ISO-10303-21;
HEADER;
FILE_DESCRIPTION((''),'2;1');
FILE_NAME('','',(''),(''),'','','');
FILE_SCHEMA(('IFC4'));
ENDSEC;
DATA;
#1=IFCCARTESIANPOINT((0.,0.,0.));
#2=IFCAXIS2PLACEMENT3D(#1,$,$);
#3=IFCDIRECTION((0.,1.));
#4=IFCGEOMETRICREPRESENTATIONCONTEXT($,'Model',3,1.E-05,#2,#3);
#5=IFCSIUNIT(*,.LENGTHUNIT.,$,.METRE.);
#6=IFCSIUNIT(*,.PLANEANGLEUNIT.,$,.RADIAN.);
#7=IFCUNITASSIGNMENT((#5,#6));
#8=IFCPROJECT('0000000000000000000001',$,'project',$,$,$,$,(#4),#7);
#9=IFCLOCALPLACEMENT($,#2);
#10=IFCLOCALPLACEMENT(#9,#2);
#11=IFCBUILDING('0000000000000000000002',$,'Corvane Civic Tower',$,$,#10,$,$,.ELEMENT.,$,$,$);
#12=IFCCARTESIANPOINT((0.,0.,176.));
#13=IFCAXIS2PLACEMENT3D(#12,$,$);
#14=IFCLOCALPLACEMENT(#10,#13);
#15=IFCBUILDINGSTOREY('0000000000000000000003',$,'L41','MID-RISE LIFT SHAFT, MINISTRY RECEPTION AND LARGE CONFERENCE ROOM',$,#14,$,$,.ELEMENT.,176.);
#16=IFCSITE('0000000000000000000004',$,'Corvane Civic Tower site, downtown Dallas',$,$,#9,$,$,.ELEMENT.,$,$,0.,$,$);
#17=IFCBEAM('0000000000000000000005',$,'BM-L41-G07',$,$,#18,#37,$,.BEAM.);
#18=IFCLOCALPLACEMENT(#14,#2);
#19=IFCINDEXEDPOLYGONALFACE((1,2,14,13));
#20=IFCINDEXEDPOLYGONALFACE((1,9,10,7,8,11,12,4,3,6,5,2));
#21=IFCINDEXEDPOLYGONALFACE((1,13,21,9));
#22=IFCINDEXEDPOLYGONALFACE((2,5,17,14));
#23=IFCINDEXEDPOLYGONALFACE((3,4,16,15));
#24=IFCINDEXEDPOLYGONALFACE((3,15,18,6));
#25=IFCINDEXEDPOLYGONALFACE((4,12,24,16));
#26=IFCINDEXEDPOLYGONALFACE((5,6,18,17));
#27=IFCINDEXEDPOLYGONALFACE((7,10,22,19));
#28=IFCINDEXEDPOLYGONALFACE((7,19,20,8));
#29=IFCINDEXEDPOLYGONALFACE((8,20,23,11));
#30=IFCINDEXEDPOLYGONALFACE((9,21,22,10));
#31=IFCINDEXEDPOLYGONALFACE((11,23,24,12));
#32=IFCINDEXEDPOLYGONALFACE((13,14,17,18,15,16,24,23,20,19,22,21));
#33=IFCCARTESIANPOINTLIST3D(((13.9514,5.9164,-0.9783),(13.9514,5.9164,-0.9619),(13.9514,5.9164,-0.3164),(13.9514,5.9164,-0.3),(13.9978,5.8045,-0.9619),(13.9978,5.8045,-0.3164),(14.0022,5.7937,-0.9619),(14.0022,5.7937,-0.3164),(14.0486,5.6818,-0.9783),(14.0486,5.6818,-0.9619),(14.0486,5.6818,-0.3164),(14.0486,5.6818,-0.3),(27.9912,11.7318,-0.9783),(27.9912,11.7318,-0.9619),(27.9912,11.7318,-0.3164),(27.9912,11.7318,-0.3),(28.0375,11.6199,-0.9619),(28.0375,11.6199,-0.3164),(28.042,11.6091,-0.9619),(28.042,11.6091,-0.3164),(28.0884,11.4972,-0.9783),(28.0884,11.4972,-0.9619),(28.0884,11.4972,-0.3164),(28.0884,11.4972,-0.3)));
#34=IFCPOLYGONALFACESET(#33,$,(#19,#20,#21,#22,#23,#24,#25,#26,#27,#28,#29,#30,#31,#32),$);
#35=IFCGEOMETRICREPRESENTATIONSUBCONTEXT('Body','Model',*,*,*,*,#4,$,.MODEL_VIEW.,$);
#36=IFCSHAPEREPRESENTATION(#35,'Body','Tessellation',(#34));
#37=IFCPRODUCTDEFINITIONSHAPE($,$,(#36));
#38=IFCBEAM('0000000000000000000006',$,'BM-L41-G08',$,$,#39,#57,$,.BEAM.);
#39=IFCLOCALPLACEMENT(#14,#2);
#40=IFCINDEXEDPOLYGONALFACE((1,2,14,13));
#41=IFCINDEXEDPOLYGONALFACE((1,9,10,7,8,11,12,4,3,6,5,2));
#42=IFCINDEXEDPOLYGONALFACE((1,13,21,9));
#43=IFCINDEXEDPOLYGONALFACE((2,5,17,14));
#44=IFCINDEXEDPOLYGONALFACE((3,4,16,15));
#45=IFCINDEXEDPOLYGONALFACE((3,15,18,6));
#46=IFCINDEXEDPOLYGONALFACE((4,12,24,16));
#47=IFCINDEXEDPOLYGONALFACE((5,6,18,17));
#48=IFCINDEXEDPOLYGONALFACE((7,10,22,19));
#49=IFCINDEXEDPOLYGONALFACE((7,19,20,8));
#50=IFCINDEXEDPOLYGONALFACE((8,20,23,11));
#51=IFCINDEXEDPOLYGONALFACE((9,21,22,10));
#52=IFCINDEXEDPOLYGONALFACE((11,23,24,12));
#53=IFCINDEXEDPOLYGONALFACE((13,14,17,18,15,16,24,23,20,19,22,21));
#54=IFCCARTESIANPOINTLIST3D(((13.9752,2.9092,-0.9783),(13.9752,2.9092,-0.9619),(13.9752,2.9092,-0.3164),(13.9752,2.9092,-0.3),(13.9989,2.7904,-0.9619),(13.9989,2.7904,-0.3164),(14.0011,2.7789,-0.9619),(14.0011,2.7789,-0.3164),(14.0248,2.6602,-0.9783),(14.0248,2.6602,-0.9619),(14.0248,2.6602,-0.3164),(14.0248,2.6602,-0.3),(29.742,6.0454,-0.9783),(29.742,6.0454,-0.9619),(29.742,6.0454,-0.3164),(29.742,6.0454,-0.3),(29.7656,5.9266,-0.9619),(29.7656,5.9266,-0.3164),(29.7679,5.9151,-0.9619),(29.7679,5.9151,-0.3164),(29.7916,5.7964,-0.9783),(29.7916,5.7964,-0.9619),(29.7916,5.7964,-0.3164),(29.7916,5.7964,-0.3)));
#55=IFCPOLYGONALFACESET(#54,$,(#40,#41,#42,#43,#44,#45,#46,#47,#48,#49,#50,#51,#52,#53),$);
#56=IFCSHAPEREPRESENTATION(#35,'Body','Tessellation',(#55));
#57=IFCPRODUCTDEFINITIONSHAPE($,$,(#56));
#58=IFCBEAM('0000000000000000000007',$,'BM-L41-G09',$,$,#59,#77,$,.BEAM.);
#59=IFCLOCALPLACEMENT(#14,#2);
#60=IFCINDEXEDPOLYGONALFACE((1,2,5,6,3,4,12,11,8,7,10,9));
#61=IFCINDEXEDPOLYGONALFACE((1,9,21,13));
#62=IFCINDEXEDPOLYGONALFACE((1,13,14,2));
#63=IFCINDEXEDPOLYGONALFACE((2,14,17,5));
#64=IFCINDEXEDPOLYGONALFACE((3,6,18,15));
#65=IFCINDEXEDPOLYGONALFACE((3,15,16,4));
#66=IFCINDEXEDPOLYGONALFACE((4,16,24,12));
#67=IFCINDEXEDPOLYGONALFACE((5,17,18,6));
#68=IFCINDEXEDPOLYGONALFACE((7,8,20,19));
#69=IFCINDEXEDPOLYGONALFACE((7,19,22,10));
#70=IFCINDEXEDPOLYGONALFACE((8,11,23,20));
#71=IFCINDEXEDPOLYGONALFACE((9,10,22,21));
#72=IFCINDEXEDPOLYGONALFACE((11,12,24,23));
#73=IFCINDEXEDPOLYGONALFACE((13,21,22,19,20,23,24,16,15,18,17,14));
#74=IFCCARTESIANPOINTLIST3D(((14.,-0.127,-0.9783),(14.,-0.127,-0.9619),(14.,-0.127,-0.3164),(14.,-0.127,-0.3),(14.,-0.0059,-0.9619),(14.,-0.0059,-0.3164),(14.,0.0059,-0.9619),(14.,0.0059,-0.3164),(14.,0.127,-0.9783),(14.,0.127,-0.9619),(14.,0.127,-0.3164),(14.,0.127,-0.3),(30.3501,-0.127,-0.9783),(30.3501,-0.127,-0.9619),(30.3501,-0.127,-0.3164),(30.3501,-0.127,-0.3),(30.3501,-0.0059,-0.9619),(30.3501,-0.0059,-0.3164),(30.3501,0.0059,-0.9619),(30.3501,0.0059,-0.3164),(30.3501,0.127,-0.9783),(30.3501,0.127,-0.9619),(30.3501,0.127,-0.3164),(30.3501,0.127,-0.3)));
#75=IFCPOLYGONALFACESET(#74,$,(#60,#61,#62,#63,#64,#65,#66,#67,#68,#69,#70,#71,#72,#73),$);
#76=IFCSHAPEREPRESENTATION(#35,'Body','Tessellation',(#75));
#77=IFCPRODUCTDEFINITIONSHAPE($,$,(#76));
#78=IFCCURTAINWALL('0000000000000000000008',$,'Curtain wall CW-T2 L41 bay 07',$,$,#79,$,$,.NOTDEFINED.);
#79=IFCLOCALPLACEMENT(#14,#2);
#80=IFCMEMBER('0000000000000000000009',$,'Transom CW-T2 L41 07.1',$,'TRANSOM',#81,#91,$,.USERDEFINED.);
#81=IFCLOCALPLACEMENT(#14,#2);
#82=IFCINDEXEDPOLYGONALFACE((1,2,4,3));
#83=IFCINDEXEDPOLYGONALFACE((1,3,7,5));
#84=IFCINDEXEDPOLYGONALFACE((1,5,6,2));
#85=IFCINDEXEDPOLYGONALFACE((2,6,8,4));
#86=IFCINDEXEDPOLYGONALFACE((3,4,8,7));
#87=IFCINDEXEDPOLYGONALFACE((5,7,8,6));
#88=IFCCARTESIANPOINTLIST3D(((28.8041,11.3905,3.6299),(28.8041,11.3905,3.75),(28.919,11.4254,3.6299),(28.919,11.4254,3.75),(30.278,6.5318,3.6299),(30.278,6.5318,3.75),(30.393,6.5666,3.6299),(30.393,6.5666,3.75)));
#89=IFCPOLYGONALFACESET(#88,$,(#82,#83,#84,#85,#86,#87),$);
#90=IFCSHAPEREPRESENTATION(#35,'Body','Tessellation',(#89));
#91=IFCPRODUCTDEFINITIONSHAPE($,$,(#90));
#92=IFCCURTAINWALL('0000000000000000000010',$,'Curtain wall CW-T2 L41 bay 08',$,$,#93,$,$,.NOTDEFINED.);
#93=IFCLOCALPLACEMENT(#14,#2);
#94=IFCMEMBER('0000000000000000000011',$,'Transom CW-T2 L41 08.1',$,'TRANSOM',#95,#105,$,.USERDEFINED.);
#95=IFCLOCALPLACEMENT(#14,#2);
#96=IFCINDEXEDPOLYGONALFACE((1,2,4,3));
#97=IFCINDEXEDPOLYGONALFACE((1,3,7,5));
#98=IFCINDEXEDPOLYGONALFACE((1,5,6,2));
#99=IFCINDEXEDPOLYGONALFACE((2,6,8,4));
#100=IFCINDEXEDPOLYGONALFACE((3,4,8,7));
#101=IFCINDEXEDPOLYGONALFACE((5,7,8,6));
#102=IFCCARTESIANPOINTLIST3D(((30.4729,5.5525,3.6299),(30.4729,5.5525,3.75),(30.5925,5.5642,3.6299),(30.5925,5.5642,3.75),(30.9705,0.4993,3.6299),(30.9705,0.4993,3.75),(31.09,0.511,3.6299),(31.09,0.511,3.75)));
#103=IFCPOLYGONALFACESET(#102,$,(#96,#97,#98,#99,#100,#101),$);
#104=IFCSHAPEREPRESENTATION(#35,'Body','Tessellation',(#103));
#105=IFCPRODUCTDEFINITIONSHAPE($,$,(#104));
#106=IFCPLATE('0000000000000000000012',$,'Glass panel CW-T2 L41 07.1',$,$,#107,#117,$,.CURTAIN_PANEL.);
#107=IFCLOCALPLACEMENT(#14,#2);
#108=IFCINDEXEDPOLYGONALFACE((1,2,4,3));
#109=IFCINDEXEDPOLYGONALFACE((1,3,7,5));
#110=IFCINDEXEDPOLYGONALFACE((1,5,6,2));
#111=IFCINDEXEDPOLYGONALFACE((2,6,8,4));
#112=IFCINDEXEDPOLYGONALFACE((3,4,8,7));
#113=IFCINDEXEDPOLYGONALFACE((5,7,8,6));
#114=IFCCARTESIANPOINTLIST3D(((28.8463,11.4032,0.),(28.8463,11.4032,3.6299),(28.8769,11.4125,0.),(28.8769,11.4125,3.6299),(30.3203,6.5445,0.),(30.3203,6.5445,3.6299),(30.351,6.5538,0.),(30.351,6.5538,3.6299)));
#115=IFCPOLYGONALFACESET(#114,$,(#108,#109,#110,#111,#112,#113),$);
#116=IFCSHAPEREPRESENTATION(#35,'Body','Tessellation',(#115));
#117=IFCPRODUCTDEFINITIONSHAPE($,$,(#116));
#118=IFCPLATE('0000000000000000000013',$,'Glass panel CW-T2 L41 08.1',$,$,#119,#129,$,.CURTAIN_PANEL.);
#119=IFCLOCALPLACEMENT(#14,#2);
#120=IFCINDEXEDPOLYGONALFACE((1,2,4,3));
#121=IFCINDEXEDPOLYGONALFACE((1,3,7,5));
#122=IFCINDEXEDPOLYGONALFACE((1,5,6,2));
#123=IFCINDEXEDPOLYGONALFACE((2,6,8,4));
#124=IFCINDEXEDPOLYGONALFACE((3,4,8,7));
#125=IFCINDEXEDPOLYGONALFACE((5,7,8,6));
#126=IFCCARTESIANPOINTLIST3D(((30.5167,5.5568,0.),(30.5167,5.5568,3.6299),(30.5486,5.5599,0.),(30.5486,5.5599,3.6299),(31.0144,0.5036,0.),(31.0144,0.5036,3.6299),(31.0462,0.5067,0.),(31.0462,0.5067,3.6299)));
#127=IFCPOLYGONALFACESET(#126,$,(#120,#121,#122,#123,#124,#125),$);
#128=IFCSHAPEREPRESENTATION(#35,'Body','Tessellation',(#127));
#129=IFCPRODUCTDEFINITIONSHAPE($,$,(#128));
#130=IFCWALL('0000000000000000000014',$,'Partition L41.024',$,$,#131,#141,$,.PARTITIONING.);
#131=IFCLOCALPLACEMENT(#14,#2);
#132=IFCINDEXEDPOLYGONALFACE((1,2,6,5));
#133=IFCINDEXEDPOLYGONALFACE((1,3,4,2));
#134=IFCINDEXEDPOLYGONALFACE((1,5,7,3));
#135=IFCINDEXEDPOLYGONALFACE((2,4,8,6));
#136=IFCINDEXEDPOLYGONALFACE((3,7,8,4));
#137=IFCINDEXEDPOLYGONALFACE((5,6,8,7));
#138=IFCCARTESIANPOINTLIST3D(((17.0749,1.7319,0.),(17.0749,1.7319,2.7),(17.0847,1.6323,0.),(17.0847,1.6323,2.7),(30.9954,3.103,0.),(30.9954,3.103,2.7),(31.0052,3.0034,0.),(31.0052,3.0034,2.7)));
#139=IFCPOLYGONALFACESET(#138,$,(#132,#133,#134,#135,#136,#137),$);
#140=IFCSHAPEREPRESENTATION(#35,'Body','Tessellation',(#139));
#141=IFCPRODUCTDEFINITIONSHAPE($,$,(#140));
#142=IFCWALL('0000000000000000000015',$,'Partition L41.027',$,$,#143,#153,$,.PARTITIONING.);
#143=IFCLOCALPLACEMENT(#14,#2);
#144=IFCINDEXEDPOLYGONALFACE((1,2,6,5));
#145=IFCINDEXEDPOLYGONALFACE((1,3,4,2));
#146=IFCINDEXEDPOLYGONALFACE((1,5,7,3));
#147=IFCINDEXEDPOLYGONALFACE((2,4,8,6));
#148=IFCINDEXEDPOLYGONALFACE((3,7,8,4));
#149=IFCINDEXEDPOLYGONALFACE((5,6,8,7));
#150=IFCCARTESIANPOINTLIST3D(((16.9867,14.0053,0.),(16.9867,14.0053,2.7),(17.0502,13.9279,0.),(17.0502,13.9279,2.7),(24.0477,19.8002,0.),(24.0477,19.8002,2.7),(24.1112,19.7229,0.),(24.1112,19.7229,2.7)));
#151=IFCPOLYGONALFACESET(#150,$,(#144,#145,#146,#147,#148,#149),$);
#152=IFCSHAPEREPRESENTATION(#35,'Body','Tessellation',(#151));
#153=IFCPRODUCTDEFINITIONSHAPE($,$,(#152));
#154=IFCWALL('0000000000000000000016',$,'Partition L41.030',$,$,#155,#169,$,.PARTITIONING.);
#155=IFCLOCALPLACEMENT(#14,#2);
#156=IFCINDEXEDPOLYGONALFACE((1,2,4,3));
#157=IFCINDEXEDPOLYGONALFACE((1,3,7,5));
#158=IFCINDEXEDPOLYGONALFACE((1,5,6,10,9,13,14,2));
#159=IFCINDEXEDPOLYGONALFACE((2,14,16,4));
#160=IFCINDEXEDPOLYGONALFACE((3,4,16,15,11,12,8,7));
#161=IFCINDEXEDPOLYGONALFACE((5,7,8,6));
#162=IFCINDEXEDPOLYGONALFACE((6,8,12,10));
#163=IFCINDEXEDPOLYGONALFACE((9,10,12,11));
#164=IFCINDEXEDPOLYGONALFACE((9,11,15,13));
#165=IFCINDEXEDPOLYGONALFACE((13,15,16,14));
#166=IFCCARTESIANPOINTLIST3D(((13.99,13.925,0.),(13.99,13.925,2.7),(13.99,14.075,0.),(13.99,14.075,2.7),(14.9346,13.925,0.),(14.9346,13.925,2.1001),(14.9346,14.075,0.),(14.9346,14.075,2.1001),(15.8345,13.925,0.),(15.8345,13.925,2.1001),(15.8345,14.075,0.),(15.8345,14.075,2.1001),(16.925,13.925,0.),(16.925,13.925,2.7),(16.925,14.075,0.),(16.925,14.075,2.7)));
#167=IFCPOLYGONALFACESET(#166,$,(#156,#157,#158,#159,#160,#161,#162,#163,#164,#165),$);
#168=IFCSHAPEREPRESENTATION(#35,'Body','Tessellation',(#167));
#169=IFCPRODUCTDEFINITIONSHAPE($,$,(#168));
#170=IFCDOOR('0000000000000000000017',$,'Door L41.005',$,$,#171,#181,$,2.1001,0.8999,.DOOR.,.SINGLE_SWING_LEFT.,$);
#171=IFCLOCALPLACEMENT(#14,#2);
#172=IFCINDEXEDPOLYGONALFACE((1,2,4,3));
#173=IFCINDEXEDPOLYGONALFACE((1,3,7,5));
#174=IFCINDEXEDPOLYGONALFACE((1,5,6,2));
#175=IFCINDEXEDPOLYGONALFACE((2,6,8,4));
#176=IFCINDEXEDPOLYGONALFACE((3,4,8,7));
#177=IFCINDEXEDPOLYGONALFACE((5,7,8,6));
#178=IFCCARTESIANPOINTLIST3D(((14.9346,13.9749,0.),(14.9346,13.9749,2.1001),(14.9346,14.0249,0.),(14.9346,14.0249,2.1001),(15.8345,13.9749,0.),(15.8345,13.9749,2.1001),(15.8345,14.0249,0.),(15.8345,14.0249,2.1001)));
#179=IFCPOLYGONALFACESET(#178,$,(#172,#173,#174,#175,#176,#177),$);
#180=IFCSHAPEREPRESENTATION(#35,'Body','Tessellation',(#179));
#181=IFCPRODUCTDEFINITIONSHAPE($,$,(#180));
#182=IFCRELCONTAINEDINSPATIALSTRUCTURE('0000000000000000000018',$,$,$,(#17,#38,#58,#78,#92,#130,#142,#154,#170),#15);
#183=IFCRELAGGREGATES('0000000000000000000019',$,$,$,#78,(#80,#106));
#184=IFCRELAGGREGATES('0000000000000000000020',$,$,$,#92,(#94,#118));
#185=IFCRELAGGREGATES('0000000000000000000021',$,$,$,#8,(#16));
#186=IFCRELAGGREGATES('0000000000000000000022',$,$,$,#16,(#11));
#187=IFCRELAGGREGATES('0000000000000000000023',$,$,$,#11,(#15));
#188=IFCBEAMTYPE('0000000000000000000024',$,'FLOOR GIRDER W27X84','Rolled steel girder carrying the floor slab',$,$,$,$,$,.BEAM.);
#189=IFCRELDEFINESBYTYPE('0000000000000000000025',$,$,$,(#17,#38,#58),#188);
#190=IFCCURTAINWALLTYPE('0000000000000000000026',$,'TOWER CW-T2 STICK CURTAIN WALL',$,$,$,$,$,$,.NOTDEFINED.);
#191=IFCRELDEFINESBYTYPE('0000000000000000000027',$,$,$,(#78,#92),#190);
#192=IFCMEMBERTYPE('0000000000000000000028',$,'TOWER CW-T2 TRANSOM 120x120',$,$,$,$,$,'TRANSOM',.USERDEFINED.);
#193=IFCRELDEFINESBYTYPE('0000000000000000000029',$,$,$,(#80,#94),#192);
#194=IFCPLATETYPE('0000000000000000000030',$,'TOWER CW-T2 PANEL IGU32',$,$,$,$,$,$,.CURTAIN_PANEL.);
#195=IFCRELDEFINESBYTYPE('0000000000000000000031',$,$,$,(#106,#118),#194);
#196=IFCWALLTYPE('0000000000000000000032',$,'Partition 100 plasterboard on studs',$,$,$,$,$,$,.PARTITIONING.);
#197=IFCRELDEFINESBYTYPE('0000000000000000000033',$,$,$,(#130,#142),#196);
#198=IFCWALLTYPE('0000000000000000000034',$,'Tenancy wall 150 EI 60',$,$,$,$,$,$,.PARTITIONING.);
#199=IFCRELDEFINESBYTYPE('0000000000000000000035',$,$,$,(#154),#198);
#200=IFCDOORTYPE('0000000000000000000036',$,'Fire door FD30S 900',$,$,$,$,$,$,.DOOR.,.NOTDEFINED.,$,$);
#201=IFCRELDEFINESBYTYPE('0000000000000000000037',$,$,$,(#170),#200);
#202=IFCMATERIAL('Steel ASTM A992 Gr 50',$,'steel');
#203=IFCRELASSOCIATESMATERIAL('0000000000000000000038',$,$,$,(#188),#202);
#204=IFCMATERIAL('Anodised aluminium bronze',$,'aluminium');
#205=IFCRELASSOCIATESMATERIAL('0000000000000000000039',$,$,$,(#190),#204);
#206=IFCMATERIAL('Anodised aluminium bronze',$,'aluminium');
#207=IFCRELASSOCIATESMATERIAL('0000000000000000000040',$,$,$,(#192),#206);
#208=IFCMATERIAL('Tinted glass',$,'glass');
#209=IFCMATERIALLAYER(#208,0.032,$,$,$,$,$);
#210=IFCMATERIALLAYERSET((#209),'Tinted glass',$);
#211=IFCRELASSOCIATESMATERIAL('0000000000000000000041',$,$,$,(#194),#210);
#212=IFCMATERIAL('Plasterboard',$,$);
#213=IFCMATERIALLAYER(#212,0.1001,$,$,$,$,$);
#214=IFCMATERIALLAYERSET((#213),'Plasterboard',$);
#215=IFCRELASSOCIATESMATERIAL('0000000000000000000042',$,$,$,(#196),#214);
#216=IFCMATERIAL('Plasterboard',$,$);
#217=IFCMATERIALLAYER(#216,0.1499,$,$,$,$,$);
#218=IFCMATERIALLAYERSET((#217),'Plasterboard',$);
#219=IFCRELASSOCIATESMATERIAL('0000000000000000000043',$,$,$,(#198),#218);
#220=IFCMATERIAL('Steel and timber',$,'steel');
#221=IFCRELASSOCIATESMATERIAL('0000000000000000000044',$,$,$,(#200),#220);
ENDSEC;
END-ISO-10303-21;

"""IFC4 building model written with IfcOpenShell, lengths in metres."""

from ifc_helpers import new_model, si_unit, direction, frame, frame_2d, origin, origin_2d, place, context, subcontext, project, spatial, rectangle, i_section, extrude, material, layer, layer_set, material_profile, profile_set, type_object, element, fill, aggregate, save


model = new_model("IFC4")

# Units and contexts
model_context = context("Model", 3, precision=1e-05, world=origin(), true_north=direction((0.0, 1.0)))
body_context = subcontext(model_context, "Body", "Model", "MODEL_VIEW")
ifc_project = project(units=[si_unit("LENGTHUNIT", "METRE"), si_unit("PLANEANGLEUNIT", "RADIAN")], contexts=[model_context])

# Site, building, storey
site_placement = place(None, origin())
site = spatial("IfcSite", under=ifc_project, at=site_placement, Name="Corvane Civic Tower site, downtown Dallas", CompositionType="ELEMENT", RefElevation=0.0)
building_placement = place(site_placement, origin())
building = spatial("IfcBuilding", under=site, at=building_placement, Name="Corvane Civic Tower", CompositionType="ELEMENT")
storey_placement = place(building_placement, frame((0.0, 0.0, 176.0)))
storey = spatial("IfcBuildingStorey", under=building, at=storey_placement, Name="L41", Description="MID-RISE LIFT SHAFT, MINISTRY RECEPTION AND LARGE CONFERENCE ROOM", CompositionType="ELEMENT", Elevation=176.0)

# Beams
ifc_material_1 = material(Name="Steel ASTM A992 Gr 50", Category="steel")
ifc_material_profile_1 = material_profile(ifc_material_1, i_section(OverallWidth=0.2539, OverallDepth=0.6782, WebThickness=0.0117, FlangeThickness=0.0164, at=origin_2d()), Name="W27X84")
ifc_profile_set_1 = profile_set([ifc_material_profile_1], Name="Steel ASTM A992 Gr 50")
beam_type_1 = type_object("IfcBeamType", Name="FLOOR GIRDER W27X84", Description="Rolled steel girder carrying the floor slab", PredefinedType="BEAM", material=ifc_profile_set_1)
beam_1_placement = place(storey_placement, frame((14.0, 5.7991, -0.6392), z_axis=(0.923881, 0.382681, 0.0), x_axis=(-0.382681, 0.923881, 0.0)))
element("IfcBeam", 1, at=beam_1_placement, inside=storey, type_object=beam_type_1, Name="BM-L41-G07", PredefinedType="BEAM", context=body_context, shape_type="SweptSolid", body=[
    extrude(i_section(OverallWidth=0.2539, OverallDepth=0.6782, WebThickness=0.0117, FlangeThickness=0.0164, at=origin_2d()), origin(), (0.0, 0.0, 1.0), 15.1965),
])
beam_2_placement = place(storey_placement, frame((14.0, 2.7847, -0.6392), z_axis=(0.980785, 0.195091, 0.0), x_axis=(-0.195091, 0.980785, 0.0)))
element("IfcBeam", 2, at=beam_2_placement, inside=storey, type_object=beam_type_1, Name="BM-L41-G08", PredefinedType="BEAM", context=body_context, shape_type="SweptSolid", body=[
    extrude(i_section(OverallWidth=0.2539, OverallDepth=0.6782, WebThickness=0.0117, FlangeThickness=0.0164, at=origin_2d()), origin(), (0.0, 0.0, 1.0), 16.0757),
])
beam_3_placement = place(storey_placement, frame((14.0, 0.0, -0.6392), z_axis=(1.0, 0.0, 0.0), x_axis=(0.0, 1.0, 0.0)))
element("IfcBeam", 3, at=beam_3_placement, inside=storey, type_object=beam_type_1, Name="BM-L41-G09", PredefinedType="BEAM", context=body_context, shape_type="SweptSolid", body=[
    extrude(i_section(OverallWidth=0.2539, OverallDepth=0.6782, WebThickness=0.0117, FlangeThickness=0.0164, at=origin_2d()), origin(), (0.0, 0.0, 1.0), 16.3501),
])

# Curtain walls, members
ifc_material_2 = material(Name="Anodised aluminium bronze", Category="aluminium")
curtain_wall_type = type_object("IfcCurtainWallType", Name="TOWER CW-T2 STICK CURTAIN WALL", PredefinedType="NOTDEFINED", material=ifc_material_2)
curtain_wall_1_placement = place(storey_placement, origin())
curtain_wall_1 = element("IfcCurtainWall", 4, at=curtain_wall_1_placement, inside=storey, type_object=curtain_wall_type, Name="Curtain wall CW-T2 L41 bay 07", PredefinedType="NOTDEFINED")
ifc_material_3 = material(Name="Anodised aluminium bronze", Category="aluminium")
ifc_material_profile_2 = material_profile(ifc_material_3, rectangle(XDim=0.1201, YDim=0.1201, at=origin_2d()), Name="TOWER CW-T2 TRANSOM 120x120")
ifc_profile_set_2 = profile_set([ifc_material_profile_2], Name="Anodised aluminium bronze")
member_type = type_object("IfcMemberType", Name="TOWER CW-T2 TRANSOM 120x120", ElementType="TRANSOM", PredefinedType="USERDEFINED", material=ifc_profile_set_2)
member_1_placement = place(storey_placement, frame((28.8616, 11.408, 3.6899), z_axis=(0.290289, -0.956939, 0.0), x_axis=(0.956939, 0.290289, 0.0)))
member_1 = element("IfcMember", 5, at=member_1_placement, type_object=member_type, Name="Transom CW-T2 L41 07.1", ObjectType="TRANSOM", PredefinedType="USERDEFINED", context=body_context, shape_type="SweptSolid", body=[
    extrude(rectangle(XDim=0.1201, YDim=0.1201, at=origin_2d()), origin(), (0.0, 0.0, 1.0), 5.0774),
])
curtain_wall_2_placement = place(storey_placement, origin())
curtain_wall_2 = element("IfcCurtainWall", 6, at=curtain_wall_2_placement, inside=storey, type_object=curtain_wall_type, Name="Curtain wall CW-T2 L41 bay 08", PredefinedType="NOTDEFINED")
member_2_placement = place(storey_placement, frame((30.5327, 5.5583, 3.6899), z_axis=(0.09799, -0.995187, 0.0), x_axis=(0.995187, 0.09799, 0.0)))
member_2 = element("IfcMember", 7, at=member_2_placement, type_object=member_type, Name="Transom CW-T2 L41 08.1", ObjectType="TRANSOM", PredefinedType="USERDEFINED", context=body_context, shape_type="SweptSolid", body=[
    extrude(rectangle(XDim=0.1201, YDim=0.1201, at=origin_2d()), origin(), (0.0, 0.0, 1.0), 5.0776),
])

# Plates
ifc_material_4 = material(Name="Tinted glass", Category="glass")
ifc_layer_1 = layer(ifc_material_4, 0.032)
ifc_layer_set_1 = layer_set([ifc_layer_1], Name="Tinted glass")
plate_type = type_object("IfcPlateType", Name="TOWER CW-T2 PANEL IGU32", PredefinedType="CURTAIN_PANEL", material=ifc_layer_set_1)
plate_1_placement = place(storey_placement, frame((29.5986, 8.9785, 0.0), z_axis=(0.0, 0.0, 1.0), x_axis=(0.290313, -0.956932, 0.0)))
plate_1 = element("IfcPlate", 8, at=plate_1_placement, type_object=plate_type, Name="Glass panel CW-T2 L41 07.1", PredefinedType="CURTAIN_PANEL", context=body_context, shape_type="SweptSolid", body=[
    extrude(rectangle(XDim=5.0774, YDim=0.032, at=origin_2d()), origin(), (0.0, 0.0, 1.0), 3.6299),
])
aggregate(curtain_wall_1, [member_1, plate_1])
plate_2_placement = place(storey_placement, frame((30.7815, 3.0317, 0.0), z_axis=(0.0, 0.0, 1.0), x_axis=(0.098012, -0.995185, 0.0)))
plate_2 = element("IfcPlate", 9, at=plate_2_placement, type_object=plate_type, Name="Glass panel CW-T2 L41 08.1", PredefinedType="CURTAIN_PANEL", context=body_context, shape_type="SweptSolid", body=[
    extrude(rectangle(XDim=5.0776, YDim=0.032, at=origin_2d()), origin(), (0.0, 0.0, 1.0), 3.6299),
])
aggregate(curtain_wall_2, [member_2, plate_2])

# Walls
ifc_material_5 = material(Name="Plasterboard")
ifc_layer_2 = layer(ifc_material_5, 0.1001)
ifc_layer_set_2 = layer_set([ifc_layer_2], Name="Plasterboard")
wall_type_1 = type_object("IfcWallType", Name="Partition 100 plasterboard on studs", PredefinedType="PARTITIONING", material=ifc_layer_set_2)
wall_1_placement = place(storey_placement, frame((17.0798, 1.6821, 0.0), z_axis=(0.0, 0.0, 1.0), x_axis=(0.995184, 0.098021, 0.0)))
element("IfcWall", 10, at=wall_1_placement, inside=storey, type_object=wall_type_1, Name="Partition L41.024", PredefinedType="PARTITIONING", context=body_context, shape_type="SweptSolid", body=[
    extrude(rectangle(XDim=13.9878, YDim=0.1001, at=frame_2d((6.9939, 0.0))), origin(), (0.0, 0.0, 1.0), 2.7),
])
wall_2_placement = place(storey_placement, frame((17.0183, 13.9666, 0.0), z_axis=(0.0, 0.0, 1.0), x_axis=(0.773006, 0.634399, 0.0)))
element("IfcWall", 11, at=wall_2_placement, inside=storey, type_object=wall_type_1, Name="Partition L41.027", PredefinedType="PARTITIONING", context=body_context, shape_type="SweptSolid", body=[
    extrude(rectangle(XDim=9.1345, YDim=0.1001, at=frame_2d((4.5674, 0.0))), origin(), (0.0, 0.0, 1.0), 2.7),
])

# Wall, opening, door
ifc_material_6 = material(Name="Plasterboard")
ifc_layer_3 = layer(ifc_material_6, 0.1499)
ifc_layer_set_3 = layer_set([ifc_layer_3], Name="Plasterboard")
wall_type_2 = type_object("IfcWallType", Name="Tenancy wall 150 EI 60", PredefinedType="PARTITIONING", material=ifc_layer_set_3)
wall_3_placement = place(storey_placement, frame((13.99, 14.0, 0.0), z_axis=(0.0, 0.0, 1.0), x_axis=(1.0, 0.0, 0.0)))
wall_3 = element("IfcWall", 12, at=wall_3_placement, inside=storey, type_object=wall_type_2, Name="Partition L41.030", PredefinedType="PARTITIONING", context=body_context, shape_type="SweptSolid", body=[
    extrude(rectangle(XDim=2.9351, YDim=0.1499, at=frame_2d((1.4675, 0.0))), origin(), (0.0, 0.0, 1.0), 2.7),
])
opening_placement = place(wall_3_placement, frame((0.9446, 0.0, 0.0)))
opening = element("IfcOpeningElement", 13, at=opening_placement, cuts=wall_3, PredefinedType="OPENING", context=body_context, shape_type="SweptSolid", body=[
    extrude(rectangle(XDim=0.8999, YDim=2.1001, at=frame_2d((0.45, 1.05))), frame((0.0, 0.085, 0.0), z_axis=(0.0, -1.0, 0.0), x_axis=(1.0, 0.0, 0.0)), (0.0, 0.0, 1.0), 0.1699),
])
ifc_material_7 = material(Name="Steel and timber", Category="steel")
door_type = type_object("IfcDoorType", Name="Fire door FD30S 900", OperationType="NOTDEFINED", PredefinedType="DOOR", material=ifc_material_7)
door_placement = place(opening_placement, origin())
door = element("IfcDoor", 14, at=door_placement, inside=storey, type_object=door_type, Name="Door L41.005", OperationType="SINGLE_SWING_LEFT", OverallHeight=2.1001, OverallWidth=0.8999, PredefinedType="DOOR", context=body_context, shape_type="SweptSolid", body=[
    extrude(rectangle(XDim=0.8999, YDim=2.1001, at=frame_2d((0.45, 1.05))), frame((0.0, 0.0249, 0.0), z_axis=(0.0, -1.0, 0.0), x_axis=(1.0, 0.0, 0.0)), (0.0, 0.0, 1.0), 0.05),
])
fill(opening, door)

save(model, "model.ifc")
